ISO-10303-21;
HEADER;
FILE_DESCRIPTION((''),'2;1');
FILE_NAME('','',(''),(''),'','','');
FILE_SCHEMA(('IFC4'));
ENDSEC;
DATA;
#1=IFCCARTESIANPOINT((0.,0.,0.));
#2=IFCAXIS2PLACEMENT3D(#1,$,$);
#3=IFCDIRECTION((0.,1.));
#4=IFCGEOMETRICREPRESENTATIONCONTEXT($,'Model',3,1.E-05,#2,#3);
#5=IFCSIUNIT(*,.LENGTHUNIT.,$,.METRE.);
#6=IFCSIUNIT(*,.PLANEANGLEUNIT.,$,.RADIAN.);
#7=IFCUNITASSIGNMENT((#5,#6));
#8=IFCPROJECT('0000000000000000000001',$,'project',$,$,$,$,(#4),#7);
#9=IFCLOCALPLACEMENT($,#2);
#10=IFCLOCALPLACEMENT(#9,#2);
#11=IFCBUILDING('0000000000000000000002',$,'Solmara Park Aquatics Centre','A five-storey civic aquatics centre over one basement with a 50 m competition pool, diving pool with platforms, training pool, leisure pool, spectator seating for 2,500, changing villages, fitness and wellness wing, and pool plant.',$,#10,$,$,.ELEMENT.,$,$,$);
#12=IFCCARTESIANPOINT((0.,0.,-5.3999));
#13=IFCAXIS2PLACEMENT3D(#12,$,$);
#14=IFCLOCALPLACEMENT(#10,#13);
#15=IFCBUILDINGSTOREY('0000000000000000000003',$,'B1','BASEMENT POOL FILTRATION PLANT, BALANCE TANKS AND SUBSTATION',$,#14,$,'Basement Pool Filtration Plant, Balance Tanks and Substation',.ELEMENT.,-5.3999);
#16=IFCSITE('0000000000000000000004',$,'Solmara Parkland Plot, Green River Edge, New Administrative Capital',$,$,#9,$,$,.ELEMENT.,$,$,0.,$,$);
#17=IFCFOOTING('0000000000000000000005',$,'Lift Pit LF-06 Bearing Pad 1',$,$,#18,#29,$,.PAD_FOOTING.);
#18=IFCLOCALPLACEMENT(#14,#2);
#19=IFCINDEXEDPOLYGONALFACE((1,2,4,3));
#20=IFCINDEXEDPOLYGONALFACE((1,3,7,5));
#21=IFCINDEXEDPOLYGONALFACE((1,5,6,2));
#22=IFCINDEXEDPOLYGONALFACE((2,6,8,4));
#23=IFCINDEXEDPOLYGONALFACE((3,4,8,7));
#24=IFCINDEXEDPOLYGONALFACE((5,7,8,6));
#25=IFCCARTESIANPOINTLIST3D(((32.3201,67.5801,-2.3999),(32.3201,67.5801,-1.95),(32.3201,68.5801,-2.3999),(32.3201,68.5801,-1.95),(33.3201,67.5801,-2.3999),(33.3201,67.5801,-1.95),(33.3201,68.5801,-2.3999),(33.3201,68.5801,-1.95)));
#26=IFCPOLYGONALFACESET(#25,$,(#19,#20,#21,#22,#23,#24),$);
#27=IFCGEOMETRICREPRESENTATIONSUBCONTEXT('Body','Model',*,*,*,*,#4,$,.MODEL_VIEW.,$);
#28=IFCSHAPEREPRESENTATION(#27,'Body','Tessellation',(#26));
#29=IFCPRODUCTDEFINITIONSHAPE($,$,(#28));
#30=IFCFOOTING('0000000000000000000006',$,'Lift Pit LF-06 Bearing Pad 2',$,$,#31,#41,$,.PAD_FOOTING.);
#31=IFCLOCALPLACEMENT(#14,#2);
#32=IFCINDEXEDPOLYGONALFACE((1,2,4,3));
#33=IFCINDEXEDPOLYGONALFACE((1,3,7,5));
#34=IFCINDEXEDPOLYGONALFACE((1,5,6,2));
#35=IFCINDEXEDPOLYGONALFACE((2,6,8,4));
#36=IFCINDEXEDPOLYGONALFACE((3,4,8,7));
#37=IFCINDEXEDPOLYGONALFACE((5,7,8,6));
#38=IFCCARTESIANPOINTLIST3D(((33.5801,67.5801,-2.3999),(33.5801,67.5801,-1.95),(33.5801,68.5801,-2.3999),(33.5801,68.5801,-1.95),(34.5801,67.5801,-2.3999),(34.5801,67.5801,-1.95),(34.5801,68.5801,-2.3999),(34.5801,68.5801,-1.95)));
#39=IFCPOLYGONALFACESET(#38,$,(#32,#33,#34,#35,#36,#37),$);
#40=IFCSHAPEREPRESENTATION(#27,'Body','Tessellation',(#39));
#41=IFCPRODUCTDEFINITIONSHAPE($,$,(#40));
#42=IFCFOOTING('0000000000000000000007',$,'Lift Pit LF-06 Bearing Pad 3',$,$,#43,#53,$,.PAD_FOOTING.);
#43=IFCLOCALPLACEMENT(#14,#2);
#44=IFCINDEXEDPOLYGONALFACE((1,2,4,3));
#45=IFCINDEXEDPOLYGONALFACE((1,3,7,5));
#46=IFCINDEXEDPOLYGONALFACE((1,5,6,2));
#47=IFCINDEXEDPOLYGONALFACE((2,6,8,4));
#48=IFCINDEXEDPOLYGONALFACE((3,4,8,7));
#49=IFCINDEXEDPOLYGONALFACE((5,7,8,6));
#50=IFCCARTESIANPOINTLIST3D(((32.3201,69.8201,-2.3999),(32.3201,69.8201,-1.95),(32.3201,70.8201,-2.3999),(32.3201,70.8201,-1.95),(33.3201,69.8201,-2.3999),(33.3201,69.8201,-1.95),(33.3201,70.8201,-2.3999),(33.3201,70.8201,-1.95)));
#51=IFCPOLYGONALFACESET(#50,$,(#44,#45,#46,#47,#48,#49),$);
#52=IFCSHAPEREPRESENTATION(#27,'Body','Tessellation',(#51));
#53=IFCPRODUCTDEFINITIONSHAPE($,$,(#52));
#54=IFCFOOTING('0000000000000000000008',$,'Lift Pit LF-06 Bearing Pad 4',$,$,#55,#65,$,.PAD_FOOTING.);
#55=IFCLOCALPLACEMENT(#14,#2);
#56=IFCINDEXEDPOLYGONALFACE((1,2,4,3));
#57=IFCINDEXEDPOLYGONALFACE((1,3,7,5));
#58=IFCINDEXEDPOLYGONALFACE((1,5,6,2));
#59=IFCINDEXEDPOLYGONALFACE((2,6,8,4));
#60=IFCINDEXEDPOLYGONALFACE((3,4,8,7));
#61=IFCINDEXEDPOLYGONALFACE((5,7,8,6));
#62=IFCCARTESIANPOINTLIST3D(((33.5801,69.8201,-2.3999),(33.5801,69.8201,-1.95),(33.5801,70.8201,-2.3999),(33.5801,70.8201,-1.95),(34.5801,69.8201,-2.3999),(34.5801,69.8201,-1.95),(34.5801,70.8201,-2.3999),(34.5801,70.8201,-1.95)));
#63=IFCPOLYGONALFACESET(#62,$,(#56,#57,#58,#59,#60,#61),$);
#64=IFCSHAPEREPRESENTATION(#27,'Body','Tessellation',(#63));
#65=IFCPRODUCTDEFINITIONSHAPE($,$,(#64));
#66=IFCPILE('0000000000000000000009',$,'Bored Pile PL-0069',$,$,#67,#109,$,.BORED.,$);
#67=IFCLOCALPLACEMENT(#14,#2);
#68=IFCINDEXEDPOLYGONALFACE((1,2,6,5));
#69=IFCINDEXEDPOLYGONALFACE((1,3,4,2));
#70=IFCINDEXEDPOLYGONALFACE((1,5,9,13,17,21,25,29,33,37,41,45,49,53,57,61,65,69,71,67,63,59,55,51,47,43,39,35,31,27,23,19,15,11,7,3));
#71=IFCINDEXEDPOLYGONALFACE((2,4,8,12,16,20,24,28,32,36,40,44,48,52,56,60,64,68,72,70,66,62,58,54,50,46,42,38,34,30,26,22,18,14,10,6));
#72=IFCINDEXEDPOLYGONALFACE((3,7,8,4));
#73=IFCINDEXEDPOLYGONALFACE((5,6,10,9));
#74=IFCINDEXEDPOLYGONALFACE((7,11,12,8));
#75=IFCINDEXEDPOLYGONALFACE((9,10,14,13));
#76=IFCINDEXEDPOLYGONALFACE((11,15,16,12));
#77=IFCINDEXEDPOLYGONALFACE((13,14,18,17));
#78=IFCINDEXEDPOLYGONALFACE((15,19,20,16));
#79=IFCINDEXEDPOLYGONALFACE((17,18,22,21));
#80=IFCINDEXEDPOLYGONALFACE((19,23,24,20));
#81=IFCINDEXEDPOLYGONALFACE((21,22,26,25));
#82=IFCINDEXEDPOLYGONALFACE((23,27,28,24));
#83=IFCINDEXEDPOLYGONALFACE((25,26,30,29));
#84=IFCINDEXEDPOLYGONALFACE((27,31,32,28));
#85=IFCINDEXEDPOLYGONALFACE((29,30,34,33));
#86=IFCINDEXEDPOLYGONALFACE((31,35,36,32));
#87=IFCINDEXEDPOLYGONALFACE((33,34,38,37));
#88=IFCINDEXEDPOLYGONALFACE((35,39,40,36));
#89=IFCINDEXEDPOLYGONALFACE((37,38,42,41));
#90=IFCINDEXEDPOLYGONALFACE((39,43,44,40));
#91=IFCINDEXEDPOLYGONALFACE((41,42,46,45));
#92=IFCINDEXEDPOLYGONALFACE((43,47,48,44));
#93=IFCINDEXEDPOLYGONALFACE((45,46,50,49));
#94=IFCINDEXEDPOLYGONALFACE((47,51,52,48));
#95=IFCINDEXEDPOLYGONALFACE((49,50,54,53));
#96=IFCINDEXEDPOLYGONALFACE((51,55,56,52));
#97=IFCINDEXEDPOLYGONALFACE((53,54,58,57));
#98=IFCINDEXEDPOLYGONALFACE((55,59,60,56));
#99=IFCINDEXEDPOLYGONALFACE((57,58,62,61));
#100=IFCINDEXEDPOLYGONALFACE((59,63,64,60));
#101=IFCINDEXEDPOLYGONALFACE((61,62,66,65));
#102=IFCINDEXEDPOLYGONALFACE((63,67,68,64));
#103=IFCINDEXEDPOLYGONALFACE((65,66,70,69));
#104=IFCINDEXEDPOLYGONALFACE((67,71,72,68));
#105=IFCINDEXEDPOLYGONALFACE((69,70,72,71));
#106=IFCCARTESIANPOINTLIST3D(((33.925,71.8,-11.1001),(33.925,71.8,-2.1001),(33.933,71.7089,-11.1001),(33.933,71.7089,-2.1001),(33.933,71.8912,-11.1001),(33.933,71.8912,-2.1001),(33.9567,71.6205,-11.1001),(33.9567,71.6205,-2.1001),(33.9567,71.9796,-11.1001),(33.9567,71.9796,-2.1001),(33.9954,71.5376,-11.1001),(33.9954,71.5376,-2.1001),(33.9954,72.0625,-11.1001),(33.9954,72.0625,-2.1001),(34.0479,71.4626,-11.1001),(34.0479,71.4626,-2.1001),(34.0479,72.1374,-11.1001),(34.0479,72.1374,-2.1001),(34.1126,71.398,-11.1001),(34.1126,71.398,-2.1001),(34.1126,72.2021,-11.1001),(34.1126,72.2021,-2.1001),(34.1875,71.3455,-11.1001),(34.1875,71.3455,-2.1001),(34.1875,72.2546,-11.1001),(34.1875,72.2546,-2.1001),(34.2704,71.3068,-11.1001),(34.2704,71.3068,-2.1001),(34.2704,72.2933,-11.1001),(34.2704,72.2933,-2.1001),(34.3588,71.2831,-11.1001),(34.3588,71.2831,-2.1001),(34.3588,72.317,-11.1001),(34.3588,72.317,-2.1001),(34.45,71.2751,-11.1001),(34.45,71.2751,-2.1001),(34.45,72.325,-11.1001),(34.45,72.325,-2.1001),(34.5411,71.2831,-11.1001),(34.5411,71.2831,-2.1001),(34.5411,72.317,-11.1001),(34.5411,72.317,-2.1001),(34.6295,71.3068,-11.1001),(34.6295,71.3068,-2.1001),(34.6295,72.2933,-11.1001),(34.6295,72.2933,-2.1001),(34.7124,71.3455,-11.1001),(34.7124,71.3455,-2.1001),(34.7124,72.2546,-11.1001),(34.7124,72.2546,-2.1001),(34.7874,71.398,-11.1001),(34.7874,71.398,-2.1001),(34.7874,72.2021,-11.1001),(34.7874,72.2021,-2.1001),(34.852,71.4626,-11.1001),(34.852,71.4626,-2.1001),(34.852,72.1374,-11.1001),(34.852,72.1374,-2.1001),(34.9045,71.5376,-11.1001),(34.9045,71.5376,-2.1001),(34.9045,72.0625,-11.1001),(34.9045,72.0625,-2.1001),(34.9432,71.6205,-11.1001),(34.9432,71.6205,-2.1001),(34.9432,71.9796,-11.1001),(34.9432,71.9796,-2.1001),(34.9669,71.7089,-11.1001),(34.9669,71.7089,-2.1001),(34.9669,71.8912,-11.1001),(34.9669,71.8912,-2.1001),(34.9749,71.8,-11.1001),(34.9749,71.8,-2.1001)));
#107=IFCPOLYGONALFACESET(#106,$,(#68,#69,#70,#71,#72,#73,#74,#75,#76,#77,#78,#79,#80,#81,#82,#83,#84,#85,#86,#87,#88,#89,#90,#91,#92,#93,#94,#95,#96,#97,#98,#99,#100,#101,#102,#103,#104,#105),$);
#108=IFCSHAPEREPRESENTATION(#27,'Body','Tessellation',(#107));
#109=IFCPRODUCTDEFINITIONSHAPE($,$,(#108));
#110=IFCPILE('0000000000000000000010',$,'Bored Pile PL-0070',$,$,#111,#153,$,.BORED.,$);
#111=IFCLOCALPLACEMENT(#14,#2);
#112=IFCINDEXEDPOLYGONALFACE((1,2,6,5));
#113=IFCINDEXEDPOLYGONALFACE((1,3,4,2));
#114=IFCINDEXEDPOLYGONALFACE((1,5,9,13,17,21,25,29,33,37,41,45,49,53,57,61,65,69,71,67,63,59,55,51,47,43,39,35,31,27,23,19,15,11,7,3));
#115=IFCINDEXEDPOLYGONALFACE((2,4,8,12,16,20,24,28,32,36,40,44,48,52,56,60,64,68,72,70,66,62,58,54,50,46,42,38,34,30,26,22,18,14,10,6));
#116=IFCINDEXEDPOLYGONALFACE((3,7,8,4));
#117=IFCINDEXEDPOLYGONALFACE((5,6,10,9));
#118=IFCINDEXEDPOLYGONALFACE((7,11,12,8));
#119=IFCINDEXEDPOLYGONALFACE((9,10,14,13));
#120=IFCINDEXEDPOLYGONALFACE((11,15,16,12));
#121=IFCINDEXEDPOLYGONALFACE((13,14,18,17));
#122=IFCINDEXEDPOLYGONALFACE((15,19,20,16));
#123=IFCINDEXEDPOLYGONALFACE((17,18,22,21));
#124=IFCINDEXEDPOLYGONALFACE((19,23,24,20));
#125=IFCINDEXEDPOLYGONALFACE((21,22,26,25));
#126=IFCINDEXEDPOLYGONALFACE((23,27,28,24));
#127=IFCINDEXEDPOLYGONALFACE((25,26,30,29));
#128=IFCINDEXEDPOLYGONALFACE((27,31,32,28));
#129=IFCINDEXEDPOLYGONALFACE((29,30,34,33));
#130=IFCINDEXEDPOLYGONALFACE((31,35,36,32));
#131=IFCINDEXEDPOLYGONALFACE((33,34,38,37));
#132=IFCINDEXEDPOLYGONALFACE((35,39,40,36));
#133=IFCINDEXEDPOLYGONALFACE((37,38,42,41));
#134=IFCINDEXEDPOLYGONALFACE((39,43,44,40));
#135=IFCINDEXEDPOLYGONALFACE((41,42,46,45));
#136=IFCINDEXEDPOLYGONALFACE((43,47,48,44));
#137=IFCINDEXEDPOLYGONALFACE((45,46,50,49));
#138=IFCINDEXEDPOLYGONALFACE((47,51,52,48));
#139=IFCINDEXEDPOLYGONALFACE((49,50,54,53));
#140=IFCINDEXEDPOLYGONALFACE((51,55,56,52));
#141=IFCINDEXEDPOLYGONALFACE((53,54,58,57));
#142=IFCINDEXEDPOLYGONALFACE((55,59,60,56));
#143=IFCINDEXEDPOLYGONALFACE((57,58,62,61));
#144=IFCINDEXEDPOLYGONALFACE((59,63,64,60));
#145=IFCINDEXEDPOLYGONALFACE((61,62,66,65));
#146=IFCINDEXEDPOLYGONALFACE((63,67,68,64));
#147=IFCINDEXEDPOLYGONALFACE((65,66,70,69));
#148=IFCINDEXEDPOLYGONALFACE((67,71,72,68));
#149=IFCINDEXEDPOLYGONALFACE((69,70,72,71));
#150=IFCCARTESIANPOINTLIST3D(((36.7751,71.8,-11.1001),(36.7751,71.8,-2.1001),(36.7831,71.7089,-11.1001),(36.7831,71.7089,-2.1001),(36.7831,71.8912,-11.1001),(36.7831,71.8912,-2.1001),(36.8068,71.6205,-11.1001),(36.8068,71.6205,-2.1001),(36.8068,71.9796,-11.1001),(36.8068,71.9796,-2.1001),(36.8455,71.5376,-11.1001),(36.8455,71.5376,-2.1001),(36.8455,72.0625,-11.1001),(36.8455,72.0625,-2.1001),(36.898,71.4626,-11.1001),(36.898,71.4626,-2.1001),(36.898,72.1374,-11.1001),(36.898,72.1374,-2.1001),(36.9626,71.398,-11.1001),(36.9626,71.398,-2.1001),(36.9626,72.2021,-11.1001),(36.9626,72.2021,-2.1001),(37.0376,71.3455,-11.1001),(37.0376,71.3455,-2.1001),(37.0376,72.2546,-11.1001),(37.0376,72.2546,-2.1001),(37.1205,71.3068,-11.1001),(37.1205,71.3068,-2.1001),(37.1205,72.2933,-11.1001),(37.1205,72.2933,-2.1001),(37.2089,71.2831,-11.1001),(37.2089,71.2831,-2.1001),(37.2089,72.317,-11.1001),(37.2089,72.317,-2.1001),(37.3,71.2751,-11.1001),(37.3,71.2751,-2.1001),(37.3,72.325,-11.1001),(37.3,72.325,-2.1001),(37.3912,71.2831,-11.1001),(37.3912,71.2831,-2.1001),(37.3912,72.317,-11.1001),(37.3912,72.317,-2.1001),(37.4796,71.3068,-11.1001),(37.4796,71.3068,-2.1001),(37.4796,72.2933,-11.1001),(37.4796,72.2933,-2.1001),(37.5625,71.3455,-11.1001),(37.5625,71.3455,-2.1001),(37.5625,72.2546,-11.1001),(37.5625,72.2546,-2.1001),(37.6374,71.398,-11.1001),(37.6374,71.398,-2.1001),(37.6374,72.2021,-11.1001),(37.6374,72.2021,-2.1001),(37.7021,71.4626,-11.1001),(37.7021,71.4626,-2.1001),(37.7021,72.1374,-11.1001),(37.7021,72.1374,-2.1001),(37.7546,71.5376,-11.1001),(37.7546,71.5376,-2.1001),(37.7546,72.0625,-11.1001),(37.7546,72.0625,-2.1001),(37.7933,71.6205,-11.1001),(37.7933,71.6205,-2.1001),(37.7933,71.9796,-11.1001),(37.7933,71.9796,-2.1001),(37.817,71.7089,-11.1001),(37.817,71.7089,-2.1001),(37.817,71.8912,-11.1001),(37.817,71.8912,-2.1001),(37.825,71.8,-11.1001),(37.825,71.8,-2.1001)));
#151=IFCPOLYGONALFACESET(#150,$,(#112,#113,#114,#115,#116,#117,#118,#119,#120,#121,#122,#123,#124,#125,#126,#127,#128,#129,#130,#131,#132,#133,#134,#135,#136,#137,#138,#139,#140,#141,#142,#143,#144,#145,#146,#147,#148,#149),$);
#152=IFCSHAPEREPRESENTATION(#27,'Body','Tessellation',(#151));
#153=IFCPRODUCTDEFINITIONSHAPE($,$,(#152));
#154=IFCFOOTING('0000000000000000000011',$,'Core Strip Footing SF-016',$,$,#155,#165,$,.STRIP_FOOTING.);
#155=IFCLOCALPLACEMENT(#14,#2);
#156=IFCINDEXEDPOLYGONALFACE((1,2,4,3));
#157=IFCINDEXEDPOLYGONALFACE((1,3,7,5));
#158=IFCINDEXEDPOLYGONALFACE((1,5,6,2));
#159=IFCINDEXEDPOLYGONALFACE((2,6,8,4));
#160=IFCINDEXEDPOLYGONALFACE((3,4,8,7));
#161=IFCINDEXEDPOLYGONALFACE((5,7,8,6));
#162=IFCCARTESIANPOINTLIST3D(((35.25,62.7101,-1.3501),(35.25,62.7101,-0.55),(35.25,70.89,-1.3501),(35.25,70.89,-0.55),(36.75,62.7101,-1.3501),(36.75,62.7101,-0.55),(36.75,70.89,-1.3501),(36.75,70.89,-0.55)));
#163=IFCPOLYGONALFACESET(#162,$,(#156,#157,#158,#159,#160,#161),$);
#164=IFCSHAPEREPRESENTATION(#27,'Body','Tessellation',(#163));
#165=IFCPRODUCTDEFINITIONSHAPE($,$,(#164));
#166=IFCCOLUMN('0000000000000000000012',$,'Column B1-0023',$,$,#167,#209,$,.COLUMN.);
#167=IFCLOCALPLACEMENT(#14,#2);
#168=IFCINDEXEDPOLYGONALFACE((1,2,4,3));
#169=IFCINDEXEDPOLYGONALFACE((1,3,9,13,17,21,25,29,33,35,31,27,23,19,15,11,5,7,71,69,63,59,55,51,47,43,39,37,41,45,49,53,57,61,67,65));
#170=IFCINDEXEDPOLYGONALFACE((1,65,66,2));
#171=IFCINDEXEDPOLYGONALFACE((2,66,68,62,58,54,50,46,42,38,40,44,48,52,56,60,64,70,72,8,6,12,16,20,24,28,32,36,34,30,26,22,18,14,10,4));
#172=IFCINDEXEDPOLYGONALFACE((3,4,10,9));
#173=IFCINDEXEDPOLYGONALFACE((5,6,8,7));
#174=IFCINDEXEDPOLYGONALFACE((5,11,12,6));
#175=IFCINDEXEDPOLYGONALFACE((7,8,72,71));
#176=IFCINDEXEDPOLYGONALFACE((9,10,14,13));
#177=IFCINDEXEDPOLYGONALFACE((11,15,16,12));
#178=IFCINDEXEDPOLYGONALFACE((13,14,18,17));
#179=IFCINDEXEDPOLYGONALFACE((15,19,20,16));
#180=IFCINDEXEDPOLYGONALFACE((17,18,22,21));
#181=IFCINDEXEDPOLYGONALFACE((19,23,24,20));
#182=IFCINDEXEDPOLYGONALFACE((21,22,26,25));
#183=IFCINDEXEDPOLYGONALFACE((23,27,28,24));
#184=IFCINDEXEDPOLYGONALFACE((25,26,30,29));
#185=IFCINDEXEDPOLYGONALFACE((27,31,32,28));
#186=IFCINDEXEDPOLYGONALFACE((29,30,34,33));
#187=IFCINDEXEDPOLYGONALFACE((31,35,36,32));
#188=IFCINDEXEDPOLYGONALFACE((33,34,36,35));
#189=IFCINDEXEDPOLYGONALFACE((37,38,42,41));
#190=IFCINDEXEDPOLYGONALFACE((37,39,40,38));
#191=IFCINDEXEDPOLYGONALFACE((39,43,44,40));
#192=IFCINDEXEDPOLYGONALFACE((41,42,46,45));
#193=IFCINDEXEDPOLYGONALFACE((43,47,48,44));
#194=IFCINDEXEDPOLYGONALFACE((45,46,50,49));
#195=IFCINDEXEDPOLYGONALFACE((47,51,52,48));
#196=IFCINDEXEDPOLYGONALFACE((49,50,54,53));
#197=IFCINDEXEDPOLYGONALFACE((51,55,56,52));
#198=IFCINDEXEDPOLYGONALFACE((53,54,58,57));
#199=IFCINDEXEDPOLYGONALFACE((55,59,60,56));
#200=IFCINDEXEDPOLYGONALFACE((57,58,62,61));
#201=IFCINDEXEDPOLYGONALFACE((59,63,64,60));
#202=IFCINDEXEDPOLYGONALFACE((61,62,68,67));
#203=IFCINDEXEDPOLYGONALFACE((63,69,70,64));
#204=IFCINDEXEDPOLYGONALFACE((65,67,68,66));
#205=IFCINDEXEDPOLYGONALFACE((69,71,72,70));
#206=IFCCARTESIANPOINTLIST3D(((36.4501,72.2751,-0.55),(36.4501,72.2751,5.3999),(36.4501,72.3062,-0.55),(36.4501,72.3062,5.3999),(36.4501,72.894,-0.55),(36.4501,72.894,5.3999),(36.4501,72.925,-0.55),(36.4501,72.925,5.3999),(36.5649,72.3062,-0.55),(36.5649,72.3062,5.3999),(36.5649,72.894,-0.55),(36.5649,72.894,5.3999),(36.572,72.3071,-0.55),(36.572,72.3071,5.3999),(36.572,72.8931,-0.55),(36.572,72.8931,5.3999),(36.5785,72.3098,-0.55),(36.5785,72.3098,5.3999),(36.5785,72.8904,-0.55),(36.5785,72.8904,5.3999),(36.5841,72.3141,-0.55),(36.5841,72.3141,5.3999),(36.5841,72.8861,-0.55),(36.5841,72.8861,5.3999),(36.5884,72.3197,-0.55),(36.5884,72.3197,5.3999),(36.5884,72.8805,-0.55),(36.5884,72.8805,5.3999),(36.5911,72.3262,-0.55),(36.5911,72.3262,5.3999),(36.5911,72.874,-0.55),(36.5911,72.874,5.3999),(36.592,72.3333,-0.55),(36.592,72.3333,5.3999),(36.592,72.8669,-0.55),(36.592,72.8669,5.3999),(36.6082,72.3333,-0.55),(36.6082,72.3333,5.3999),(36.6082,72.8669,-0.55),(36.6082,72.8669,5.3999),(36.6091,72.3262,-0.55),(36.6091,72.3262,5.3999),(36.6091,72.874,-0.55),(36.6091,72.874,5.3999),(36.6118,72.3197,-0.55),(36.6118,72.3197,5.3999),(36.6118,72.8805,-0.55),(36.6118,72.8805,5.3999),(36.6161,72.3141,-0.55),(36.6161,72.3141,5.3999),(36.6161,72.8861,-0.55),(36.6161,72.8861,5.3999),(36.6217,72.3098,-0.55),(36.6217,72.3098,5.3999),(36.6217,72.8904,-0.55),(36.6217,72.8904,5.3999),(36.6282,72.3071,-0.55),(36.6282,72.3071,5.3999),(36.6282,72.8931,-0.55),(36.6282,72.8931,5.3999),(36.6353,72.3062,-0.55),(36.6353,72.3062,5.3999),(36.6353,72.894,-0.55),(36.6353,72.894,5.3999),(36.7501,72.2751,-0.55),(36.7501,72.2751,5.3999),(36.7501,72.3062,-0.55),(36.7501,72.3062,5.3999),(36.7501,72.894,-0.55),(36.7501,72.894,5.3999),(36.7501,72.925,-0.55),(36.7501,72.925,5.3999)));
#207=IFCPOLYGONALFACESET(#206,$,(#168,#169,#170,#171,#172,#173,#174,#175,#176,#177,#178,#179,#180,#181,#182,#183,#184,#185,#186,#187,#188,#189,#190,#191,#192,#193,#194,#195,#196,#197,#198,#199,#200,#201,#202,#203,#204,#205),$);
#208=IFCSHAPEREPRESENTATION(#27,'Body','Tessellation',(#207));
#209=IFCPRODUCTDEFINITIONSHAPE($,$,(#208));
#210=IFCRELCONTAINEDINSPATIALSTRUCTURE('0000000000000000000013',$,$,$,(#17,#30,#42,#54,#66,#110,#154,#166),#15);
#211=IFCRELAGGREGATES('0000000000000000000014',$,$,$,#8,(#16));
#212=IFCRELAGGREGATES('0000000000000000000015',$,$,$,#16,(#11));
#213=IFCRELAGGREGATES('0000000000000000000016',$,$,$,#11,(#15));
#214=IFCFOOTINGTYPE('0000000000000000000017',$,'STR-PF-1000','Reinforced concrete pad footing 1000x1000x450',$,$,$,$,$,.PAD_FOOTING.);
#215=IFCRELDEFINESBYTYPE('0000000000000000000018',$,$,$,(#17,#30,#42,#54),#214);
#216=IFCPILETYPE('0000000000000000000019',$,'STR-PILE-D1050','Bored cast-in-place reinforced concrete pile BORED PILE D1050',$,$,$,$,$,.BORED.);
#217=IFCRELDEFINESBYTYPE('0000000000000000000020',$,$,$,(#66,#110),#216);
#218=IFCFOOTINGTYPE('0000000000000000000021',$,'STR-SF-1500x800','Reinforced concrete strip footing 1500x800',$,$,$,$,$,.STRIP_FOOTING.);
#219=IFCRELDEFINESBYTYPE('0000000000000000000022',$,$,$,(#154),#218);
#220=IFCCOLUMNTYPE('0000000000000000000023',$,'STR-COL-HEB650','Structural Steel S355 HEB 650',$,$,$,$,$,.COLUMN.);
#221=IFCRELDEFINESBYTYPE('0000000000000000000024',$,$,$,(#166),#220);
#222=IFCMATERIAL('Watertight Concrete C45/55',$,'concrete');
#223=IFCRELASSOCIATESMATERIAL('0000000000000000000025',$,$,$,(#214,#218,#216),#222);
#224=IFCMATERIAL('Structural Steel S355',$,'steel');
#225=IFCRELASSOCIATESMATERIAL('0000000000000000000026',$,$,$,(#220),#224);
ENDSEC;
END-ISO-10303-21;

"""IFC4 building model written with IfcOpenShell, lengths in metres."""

from ifc_helpers import new_model, si_unit, direction, frame, origin, origin_2d, place, context, subcontext, project, spatial, rectangle, circle, i_section, extrude, material, material_profile, profile_set, type_object, element, save


model = new_model("IFC4")

# Units and contexts
model_context = context("Model", 3, precision=1e-05, world=origin(), true_north=direction((0.0, 1.0)))
body_context = subcontext(model_context, "Body", "Model", "MODEL_VIEW")
ifc_project = project(units=[si_unit("LENGTHUNIT", "METRE"), si_unit("PLANEANGLEUNIT", "RADIAN")], contexts=[model_context])

# Site, building, storey
site_placement = place(None, origin())
site = spatial("IfcSite", under=ifc_project, at=site_placement, Name="Solmara Parkland Plot, Green River Edge, New Administrative Capital", CompositionType="ELEMENT", RefElevation=0.0)
building_placement = place(site_placement, origin())
building = spatial("IfcBuilding", under=site, at=building_placement, Name="Solmara Park Aquatics Centre", Description="A five-storey civic aquatics centre over one basement with a 50 m competition pool, diving pool with platforms, training pool, leisure pool, spectator seating for 2,500, changing villages, fitness and wellness wing, and pool plant.", CompositionType="ELEMENT")
storey_placement = place(building_placement, frame((0.0, 0.0, -5.3999)))
storey = spatial("IfcBuildingStorey", under=building, at=storey_placement, Name="B1", Description="BASEMENT POOL FILTRATION PLANT, BALANCE TANKS AND SUBSTATION", LongName="Basement Pool Filtration Plant, Balance Tanks and Substation", CompositionType="ELEMENT", Elevation=-5.3999)

# Footings
ifc_material_1 = material(Name="Watertight Concrete C45/55", Category="concrete")
footing_type_1 = type_object("IfcFootingType", Name="STR-PF-1000", Description="Reinforced concrete pad footing 1000x1000x450", PredefinedType="PAD_FOOTING", material=ifc_material_1)
for number, where, z_axis, x_axis, name in (
    (1, (32.8201, 68.0801, -2.3999), (0.0, 0.0, 1.0), (1.0, 0.0, 0.0), "Lift Pit LF-06 Bearing Pad 1"),
    (2, (34.0801, 68.0801, -2.3999), (0.0, 0.0, 1.0), (1.0, 0.0, 0.0), "Lift Pit LF-06 Bearing Pad 2"),
    (3, (32.8201, 70.3201, -2.3999), (0.0, 0.0, 1.0), (1.0, 0.0, 0.0), "Lift Pit LF-06 Bearing Pad 3"),
    (4, (34.0801, 70.3201, -2.3999), (0.0, 0.0, 1.0), (1.0, 0.0, 0.0), "Lift Pit LF-06 Bearing Pad 4"),
):
    element("IfcFooting", number, at=place(storey_placement, frame(where, z_axis=z_axis, x_axis=x_axis)), inside=storey, type_object=footing_type_1, Name=name, PredefinedType="PAD_FOOTING", context=body_context, shape_type="SweptSolid", body=[
        extrude(rectangle(XDim=1.0, YDim=1.0, at=origin_2d()), origin(), (0.0, 0.0, 1.0), 0.45),
    ])

# Piles
ifc_material_profile_1 = material_profile(ifc_material_1, circle(Radius=0.5249, at=origin_2d()), Name="BORED PILE D1050")
ifc_profile_set_1 = profile_set([ifc_material_profile_1], Name="Watertight Concrete C45/55")
pile_type = type_object("IfcPileType", Name="STR-PILE-D1050", Description="Bored cast-in-place reinforced concrete pile BORED PILE D1050", PredefinedType="BORED", material=ifc_profile_set_1)
for number, where, z_axis, x_axis, name in (
    (5, (34.45, 71.8, -2.1001), (0.0, 0.0, -1.0), (1.0, 0.0, 0.0), "Bored Pile PL-0069"),
    (6, (37.3, 71.8, -2.1001), (0.0, 0.0, -1.0), (1.0, 0.0, 0.0), "Bored Pile PL-0070"),
):
    element("IfcPile", number, at=place(storey_placement, frame(where, z_axis=z_axis, x_axis=x_axis)), inside=storey, type_object=pile_type, Name=name, PredefinedType="BORED", context=body_context, shape_type="SweptSolid", body=[
        extrude(circle(Radius=0.5249, at=origin_2d()), origin(), (0.0, 0.0, 1.0), 9.0),
    ])

# Footing
footing_type_2 = type_object("IfcFootingType", Name="STR-SF-1500x800", Description="Reinforced concrete strip footing 1500x800", PredefinedType="STRIP_FOOTING", material=ifc_material_1)
footing_placement = place(storey_placement, frame((36.0, 66.8, -1.3501), z_axis=(0.0, 0.0, 1.0), x_axis=(1.0, 0.0, 0.0)))
element("IfcFooting", 7, at=footing_placement, inside=storey, type_object=footing_type_2, Name="Core Strip Footing SF-016", PredefinedType="STRIP_FOOTING", context=body_context, shape_type="SweptSolid", body=[
    extrude(rectangle(XDim=1.5, YDim=8.1799, at=origin_2d()), origin(), (0.0, 0.0, 1.0), 0.8),
])

# Column
ifc_material_2 = material(Name="Structural Steel S355", Category="steel")
ifc_material_profile_2 = material_profile(ifc_material_2, i_section(OverallWidth=0.3, OverallDepth=0.6499, WebThickness=0.0161, FlangeThickness=0.031, FilletRadius=0.0271, at=origin_2d()), Name="HEB 650")
ifc_profile_set_2 = profile_set([ifc_material_profile_2], Name="Structural Steel S355")
column_type = type_object("IfcColumnType", Name="STR-COL-HEB650", Description="Structural Steel S355 HEB 650", PredefinedType="COLUMN", material=ifc_profile_set_2)
column_placement = place(storey_placement, frame((36.6001, 72.6001, -0.55), z_axis=(0.0, 0.0, 1.0), x_axis=(1.0, 0.0, 0.0)))
element("IfcColumn", 8, at=column_placement, inside=storey, type_object=column_type, Name="Column B1-0023", PredefinedType="COLUMN", context=body_context, shape_type="SweptSolid", body=[
    extrude(i_section(OverallWidth=0.3, OverallDepth=0.6499, WebThickness=0.0161, FlangeThickness=0.031, FilletRadius=0.0271, at=origin_2d()), origin(), (0.0, 0.0, 1.0), 5.95),
])

save(model, "model.ifc")
